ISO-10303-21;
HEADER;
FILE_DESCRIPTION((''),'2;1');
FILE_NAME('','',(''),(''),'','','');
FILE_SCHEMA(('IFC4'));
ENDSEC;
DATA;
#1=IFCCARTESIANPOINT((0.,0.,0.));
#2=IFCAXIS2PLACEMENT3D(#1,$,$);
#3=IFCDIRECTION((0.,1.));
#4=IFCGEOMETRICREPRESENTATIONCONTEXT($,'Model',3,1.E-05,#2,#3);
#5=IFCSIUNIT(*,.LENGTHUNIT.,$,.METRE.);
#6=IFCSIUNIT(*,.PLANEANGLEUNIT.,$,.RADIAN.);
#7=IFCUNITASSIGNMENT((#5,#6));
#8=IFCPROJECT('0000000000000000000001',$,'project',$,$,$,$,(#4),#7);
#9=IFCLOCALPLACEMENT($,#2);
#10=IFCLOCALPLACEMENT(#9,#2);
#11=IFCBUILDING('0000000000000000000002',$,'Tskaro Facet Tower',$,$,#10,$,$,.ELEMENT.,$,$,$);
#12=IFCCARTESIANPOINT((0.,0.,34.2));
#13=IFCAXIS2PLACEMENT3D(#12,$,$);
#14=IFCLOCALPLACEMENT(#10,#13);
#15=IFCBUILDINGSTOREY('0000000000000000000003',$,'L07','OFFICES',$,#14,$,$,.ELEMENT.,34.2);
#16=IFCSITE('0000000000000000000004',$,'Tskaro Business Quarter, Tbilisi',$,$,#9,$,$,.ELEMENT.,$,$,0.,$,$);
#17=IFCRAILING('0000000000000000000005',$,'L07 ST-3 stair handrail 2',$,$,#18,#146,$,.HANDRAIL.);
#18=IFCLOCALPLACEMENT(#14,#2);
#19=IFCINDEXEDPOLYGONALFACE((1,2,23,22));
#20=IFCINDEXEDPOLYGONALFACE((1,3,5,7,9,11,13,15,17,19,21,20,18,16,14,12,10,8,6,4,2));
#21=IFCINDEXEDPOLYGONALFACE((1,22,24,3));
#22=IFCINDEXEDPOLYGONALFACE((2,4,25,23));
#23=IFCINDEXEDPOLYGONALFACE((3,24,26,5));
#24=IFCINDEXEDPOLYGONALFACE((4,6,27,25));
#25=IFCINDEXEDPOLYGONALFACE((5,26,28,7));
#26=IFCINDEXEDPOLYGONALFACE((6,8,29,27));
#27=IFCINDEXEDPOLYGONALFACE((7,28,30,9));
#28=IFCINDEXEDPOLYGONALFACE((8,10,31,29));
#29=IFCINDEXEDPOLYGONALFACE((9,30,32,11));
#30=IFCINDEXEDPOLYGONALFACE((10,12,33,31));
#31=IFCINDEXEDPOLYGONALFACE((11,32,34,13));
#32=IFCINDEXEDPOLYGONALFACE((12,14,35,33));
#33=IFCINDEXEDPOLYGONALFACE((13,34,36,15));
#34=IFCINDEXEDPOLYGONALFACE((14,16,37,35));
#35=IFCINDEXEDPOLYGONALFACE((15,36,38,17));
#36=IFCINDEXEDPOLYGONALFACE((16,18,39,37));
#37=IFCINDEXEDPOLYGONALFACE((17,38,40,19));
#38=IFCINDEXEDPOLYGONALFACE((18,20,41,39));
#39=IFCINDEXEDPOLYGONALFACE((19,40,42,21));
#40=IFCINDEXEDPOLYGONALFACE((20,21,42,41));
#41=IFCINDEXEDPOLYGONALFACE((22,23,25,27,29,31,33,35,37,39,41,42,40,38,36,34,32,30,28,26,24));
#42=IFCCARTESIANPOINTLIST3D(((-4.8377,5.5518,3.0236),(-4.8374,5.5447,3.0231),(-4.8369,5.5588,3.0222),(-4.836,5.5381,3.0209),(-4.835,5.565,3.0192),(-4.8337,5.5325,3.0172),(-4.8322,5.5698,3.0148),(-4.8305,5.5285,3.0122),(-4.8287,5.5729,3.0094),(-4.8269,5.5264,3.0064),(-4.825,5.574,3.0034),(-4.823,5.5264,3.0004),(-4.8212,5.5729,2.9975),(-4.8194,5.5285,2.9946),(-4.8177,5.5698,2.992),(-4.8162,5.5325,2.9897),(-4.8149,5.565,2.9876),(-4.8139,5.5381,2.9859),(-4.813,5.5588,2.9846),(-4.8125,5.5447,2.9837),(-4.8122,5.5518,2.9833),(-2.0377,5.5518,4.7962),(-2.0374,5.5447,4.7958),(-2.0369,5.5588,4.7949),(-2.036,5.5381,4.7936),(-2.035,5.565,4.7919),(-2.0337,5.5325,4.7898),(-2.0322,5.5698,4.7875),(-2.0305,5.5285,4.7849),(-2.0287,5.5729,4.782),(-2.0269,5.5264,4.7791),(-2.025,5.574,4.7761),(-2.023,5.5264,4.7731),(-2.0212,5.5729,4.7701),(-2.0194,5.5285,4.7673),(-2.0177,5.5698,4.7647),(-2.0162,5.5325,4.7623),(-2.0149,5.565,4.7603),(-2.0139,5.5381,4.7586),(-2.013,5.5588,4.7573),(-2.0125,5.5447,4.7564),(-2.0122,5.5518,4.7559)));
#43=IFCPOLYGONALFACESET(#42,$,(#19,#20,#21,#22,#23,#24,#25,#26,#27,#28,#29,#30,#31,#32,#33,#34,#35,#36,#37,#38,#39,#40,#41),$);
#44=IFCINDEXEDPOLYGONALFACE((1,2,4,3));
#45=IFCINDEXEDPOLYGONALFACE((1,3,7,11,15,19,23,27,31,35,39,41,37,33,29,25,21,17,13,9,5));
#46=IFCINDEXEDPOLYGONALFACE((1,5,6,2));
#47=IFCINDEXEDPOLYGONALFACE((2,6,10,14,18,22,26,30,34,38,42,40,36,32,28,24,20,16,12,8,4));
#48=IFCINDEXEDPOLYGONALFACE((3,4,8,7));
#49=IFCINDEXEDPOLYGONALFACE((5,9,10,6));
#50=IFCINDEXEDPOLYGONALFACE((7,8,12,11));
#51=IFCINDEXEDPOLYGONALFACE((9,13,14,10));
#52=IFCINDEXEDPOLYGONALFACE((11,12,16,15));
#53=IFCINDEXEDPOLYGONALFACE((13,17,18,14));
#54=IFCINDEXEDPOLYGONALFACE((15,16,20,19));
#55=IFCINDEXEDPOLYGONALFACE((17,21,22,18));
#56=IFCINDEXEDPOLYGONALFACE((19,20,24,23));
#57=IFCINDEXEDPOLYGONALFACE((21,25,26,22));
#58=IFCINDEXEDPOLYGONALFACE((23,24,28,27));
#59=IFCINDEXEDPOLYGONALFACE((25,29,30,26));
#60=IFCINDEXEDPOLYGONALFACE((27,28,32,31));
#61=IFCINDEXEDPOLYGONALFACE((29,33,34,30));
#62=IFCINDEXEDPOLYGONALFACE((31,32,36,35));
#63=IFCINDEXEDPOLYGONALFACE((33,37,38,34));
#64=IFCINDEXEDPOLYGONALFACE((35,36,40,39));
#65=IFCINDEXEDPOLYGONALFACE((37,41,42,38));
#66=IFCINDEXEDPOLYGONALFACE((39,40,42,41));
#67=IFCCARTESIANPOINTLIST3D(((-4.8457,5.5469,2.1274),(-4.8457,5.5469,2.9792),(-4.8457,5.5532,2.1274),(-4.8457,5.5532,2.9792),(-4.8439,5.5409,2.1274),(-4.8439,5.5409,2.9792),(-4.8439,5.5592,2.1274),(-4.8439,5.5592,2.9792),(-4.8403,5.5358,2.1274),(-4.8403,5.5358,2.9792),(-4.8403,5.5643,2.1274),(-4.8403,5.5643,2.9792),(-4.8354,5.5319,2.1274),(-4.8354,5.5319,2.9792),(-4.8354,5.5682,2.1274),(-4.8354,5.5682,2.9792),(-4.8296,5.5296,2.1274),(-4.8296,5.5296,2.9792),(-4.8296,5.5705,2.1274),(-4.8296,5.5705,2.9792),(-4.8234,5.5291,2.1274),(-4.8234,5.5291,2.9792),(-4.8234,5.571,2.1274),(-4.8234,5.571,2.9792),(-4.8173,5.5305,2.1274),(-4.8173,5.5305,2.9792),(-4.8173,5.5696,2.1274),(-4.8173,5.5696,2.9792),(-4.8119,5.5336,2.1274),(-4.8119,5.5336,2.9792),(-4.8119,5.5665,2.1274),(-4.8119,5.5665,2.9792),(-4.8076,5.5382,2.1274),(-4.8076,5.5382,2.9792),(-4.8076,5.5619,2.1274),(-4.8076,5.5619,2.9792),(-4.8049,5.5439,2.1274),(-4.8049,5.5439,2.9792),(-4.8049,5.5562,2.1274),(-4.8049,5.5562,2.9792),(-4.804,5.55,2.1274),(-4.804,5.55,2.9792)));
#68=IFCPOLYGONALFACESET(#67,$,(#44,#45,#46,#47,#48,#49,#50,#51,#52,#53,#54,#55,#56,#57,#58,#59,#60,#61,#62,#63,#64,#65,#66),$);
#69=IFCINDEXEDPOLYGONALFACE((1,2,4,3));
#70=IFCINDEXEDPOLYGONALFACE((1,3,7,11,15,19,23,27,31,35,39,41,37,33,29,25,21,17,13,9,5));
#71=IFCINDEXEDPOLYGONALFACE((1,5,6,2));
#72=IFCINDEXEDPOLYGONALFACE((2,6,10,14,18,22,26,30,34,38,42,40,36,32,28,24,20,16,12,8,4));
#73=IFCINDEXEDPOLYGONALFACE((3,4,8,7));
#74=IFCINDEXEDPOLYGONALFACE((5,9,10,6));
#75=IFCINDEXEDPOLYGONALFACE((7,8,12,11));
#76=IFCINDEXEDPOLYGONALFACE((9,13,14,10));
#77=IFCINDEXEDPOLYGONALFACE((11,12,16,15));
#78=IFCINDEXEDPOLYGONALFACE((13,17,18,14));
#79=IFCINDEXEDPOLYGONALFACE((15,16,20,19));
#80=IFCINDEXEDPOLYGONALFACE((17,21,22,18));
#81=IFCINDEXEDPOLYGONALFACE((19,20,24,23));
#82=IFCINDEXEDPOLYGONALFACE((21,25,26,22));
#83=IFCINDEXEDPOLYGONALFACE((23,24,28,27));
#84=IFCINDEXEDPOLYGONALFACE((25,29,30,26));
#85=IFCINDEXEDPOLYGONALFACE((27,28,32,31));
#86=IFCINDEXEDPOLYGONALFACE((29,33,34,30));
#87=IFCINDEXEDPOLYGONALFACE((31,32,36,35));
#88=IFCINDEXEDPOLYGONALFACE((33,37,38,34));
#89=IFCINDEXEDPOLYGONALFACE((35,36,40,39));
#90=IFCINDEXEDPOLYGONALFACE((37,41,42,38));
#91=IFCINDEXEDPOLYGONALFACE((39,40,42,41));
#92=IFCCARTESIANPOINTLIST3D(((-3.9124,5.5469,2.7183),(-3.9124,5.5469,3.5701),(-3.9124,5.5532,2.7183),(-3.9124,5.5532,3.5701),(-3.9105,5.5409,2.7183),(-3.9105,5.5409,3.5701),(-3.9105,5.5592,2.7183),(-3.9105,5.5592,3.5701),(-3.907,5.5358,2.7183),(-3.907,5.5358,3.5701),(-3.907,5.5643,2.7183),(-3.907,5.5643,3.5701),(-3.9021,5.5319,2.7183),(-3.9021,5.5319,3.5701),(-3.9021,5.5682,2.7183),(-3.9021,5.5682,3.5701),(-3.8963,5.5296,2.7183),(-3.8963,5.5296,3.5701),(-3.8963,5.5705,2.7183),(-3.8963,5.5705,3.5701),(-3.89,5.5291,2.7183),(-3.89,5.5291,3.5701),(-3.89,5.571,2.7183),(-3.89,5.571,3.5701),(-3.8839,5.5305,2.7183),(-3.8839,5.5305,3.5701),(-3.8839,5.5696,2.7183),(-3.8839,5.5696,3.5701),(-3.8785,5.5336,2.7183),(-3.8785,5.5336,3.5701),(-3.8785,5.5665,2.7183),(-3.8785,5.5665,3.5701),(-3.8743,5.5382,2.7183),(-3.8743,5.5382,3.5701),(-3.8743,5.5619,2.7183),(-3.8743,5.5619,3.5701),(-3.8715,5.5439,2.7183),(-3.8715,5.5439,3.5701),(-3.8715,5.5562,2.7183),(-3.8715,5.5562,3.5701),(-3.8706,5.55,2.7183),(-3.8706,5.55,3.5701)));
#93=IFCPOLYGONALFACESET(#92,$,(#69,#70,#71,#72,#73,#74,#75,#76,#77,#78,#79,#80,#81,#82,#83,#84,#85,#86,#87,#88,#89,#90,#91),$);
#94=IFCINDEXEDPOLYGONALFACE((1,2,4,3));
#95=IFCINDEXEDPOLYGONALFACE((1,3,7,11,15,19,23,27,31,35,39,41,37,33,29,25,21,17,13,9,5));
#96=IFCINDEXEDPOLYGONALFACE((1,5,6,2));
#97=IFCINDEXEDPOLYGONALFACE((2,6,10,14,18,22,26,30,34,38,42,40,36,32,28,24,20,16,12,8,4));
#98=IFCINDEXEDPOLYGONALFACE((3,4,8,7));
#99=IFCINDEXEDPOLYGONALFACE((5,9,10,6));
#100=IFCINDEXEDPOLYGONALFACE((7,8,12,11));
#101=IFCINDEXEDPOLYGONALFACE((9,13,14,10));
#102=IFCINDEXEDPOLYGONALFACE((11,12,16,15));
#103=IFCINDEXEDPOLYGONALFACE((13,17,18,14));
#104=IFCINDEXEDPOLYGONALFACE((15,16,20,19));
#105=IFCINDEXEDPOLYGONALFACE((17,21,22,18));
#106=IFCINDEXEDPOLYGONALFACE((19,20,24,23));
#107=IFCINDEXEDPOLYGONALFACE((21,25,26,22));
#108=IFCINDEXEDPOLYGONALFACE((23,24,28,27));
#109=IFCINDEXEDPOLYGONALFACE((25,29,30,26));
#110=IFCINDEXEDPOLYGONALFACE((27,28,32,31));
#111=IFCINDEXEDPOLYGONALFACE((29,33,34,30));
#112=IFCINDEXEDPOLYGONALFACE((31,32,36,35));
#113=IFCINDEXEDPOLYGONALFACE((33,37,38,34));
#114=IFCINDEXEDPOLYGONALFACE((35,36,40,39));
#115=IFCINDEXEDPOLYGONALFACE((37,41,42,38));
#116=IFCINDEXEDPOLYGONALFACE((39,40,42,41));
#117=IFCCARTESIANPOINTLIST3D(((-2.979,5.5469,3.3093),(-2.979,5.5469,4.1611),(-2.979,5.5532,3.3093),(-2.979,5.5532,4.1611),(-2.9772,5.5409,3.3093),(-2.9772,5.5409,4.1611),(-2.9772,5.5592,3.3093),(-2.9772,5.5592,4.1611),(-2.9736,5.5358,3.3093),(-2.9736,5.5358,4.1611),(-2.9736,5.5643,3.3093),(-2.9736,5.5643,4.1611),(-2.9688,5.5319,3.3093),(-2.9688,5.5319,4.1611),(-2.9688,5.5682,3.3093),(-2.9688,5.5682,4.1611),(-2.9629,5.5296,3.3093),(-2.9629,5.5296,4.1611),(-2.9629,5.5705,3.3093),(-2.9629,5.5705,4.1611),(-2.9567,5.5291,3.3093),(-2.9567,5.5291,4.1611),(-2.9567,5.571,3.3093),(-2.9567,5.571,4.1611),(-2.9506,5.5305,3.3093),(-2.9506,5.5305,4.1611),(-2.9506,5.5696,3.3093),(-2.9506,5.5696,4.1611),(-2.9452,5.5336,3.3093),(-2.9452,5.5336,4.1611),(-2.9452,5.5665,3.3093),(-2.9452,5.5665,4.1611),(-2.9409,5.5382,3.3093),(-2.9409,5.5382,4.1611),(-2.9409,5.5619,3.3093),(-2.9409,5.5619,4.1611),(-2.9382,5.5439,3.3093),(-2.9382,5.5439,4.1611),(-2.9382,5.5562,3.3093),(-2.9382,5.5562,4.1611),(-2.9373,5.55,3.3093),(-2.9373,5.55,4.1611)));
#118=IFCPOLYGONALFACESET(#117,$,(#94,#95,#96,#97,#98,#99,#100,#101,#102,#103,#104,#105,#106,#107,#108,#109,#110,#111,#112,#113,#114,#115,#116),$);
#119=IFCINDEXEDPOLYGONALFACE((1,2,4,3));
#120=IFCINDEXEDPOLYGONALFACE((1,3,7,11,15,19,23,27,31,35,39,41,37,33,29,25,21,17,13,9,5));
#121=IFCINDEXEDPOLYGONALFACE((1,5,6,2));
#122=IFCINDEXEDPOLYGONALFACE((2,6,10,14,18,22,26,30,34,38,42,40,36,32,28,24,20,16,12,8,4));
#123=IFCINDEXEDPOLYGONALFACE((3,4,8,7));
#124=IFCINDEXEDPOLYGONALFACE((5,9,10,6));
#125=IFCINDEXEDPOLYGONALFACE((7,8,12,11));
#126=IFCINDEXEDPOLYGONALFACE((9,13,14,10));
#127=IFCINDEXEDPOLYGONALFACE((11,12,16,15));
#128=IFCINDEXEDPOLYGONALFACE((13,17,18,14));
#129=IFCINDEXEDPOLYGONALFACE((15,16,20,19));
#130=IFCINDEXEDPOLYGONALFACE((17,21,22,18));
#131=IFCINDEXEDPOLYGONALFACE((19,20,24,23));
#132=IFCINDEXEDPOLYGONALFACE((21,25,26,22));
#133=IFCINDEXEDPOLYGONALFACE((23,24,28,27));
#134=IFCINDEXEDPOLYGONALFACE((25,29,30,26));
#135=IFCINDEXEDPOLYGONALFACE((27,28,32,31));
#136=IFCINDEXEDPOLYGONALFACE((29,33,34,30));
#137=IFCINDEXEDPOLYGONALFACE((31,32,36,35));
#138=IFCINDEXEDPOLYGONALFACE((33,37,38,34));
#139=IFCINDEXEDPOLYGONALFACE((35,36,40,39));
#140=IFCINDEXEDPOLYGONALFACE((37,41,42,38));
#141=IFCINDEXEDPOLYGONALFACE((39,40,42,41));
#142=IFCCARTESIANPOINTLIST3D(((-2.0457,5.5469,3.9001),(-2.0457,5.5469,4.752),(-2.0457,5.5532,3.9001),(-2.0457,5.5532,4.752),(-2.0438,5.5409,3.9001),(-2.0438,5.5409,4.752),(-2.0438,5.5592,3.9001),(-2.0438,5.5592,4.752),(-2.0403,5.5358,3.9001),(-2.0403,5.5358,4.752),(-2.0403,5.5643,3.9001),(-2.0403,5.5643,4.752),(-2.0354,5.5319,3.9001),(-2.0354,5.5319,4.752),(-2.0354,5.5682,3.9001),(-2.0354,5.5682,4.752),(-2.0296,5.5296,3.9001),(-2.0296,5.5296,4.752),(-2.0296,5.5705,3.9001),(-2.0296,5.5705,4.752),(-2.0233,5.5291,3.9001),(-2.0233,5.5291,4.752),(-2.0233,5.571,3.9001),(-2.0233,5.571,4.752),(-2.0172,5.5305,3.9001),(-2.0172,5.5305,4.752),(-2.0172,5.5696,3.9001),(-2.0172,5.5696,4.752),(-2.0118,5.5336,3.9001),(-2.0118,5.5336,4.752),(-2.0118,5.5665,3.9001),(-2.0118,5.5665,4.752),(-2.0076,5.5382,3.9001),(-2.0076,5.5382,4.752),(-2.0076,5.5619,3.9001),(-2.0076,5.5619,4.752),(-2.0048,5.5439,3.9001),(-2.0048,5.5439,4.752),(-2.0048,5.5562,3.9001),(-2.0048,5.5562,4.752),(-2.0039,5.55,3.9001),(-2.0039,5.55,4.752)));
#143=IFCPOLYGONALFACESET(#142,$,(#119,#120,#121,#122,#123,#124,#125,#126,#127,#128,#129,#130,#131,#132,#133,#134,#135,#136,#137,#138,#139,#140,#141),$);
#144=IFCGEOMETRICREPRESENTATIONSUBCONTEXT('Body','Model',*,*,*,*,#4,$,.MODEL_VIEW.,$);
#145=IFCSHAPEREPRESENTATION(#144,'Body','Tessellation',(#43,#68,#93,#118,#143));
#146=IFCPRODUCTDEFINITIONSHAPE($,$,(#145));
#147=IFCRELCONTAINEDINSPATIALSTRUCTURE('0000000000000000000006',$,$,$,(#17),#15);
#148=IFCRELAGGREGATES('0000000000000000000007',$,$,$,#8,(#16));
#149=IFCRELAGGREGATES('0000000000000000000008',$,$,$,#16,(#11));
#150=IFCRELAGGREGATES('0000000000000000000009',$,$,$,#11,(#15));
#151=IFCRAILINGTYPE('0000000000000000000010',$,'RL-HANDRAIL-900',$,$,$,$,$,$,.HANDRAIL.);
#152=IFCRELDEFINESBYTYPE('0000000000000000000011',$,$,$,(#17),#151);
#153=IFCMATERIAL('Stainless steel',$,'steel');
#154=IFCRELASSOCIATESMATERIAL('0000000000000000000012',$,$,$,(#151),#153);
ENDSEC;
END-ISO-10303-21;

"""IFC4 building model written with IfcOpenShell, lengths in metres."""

from ifc_helpers import new_model, si_unit, direction, frame, origin, origin_2d, place, context, subcontext, project, spatial, circle, extrude, material, type_object, element, save


model = new_model("IFC4")

# Units and contexts
model_context = context("Model", 3, precision=1e-05, world=origin(), true_north=direction((0.0, 1.0)))
body_context = subcontext(model_context, "Body", "Model", "MODEL_VIEW")
ifc_project = project(units=[si_unit("LENGTHUNIT", "METRE"), si_unit("PLANEANGLEUNIT", "RADIAN")], contexts=[model_context])

# Site, building, storey
site_placement = place(None, origin())
site = spatial("IfcSite", under=ifc_project, at=site_placement, Name="Tskaro Business Quarter, Tbilisi", CompositionType="ELEMENT", RefElevation=0.0)
building_placement = place(site_placement, origin())
building = spatial("IfcBuilding", under=site, at=building_placement, Name="Tskaro Facet Tower", CompositionType="ELEMENT")
storey_placement = place(building_placement, frame((0.0, 0.0, 34.2)))
storey = spatial("IfcBuildingStorey", under=building, at=storey_placement, Name="L07", Description="OFFICES", CompositionType="ELEMENT", Elevation=34.2)

# Railing
ifc_material_1 = material(Name="Stainless steel", Category="steel")
railing_type_1 = type_object("IfcRailingType", Name="RL-HANDRAIL-900", PredefinedType="HANDRAIL", material=ifc_material_1)
railing_1_placement = place(storey_placement, frame((-4.825, 5.55, 2.1274)))
element("IfcRailing", 1, at=railing_1_placement, inside=storey, type_object=railing_type_1, Name="L07 ST-3 stair handrail 2", PredefinedType="HANDRAIL", context=body_context, shape_type="SweptSolid", body=[
    extrude(circle(Radius=0.0239, at=origin_2d()), frame((0.0, 0.0, 0.876), z_axis=(0.844909, 0.0, 0.53491), x_axis=(0.0, 1.0, 0.0)), (0.0, 0.0, 1.0), 3.314),
    extrude(circle(Radius=0.021, at=origin_2d()), origin(), (0.0, 0.0, 1.0), 0.8518),
    extrude(circle(Radius=0.021, at=origin_2d()), frame((0.9333, 0.0, 0.5908)), (0.0, 0.0, 1.0), 0.8518),
    extrude(circle(Radius=0.021, at=origin_2d()), frame((1.8667, 0.0, 1.1819)), (0.0, 0.0, 1.0), 0.8518),
    extrude(circle(Radius=0.021, at=origin_2d()), frame((2.8, 0.0, 1.7727)), (0.0, 0.0, 1.0), 0.8518),
])

save(model, "model.ifc")
